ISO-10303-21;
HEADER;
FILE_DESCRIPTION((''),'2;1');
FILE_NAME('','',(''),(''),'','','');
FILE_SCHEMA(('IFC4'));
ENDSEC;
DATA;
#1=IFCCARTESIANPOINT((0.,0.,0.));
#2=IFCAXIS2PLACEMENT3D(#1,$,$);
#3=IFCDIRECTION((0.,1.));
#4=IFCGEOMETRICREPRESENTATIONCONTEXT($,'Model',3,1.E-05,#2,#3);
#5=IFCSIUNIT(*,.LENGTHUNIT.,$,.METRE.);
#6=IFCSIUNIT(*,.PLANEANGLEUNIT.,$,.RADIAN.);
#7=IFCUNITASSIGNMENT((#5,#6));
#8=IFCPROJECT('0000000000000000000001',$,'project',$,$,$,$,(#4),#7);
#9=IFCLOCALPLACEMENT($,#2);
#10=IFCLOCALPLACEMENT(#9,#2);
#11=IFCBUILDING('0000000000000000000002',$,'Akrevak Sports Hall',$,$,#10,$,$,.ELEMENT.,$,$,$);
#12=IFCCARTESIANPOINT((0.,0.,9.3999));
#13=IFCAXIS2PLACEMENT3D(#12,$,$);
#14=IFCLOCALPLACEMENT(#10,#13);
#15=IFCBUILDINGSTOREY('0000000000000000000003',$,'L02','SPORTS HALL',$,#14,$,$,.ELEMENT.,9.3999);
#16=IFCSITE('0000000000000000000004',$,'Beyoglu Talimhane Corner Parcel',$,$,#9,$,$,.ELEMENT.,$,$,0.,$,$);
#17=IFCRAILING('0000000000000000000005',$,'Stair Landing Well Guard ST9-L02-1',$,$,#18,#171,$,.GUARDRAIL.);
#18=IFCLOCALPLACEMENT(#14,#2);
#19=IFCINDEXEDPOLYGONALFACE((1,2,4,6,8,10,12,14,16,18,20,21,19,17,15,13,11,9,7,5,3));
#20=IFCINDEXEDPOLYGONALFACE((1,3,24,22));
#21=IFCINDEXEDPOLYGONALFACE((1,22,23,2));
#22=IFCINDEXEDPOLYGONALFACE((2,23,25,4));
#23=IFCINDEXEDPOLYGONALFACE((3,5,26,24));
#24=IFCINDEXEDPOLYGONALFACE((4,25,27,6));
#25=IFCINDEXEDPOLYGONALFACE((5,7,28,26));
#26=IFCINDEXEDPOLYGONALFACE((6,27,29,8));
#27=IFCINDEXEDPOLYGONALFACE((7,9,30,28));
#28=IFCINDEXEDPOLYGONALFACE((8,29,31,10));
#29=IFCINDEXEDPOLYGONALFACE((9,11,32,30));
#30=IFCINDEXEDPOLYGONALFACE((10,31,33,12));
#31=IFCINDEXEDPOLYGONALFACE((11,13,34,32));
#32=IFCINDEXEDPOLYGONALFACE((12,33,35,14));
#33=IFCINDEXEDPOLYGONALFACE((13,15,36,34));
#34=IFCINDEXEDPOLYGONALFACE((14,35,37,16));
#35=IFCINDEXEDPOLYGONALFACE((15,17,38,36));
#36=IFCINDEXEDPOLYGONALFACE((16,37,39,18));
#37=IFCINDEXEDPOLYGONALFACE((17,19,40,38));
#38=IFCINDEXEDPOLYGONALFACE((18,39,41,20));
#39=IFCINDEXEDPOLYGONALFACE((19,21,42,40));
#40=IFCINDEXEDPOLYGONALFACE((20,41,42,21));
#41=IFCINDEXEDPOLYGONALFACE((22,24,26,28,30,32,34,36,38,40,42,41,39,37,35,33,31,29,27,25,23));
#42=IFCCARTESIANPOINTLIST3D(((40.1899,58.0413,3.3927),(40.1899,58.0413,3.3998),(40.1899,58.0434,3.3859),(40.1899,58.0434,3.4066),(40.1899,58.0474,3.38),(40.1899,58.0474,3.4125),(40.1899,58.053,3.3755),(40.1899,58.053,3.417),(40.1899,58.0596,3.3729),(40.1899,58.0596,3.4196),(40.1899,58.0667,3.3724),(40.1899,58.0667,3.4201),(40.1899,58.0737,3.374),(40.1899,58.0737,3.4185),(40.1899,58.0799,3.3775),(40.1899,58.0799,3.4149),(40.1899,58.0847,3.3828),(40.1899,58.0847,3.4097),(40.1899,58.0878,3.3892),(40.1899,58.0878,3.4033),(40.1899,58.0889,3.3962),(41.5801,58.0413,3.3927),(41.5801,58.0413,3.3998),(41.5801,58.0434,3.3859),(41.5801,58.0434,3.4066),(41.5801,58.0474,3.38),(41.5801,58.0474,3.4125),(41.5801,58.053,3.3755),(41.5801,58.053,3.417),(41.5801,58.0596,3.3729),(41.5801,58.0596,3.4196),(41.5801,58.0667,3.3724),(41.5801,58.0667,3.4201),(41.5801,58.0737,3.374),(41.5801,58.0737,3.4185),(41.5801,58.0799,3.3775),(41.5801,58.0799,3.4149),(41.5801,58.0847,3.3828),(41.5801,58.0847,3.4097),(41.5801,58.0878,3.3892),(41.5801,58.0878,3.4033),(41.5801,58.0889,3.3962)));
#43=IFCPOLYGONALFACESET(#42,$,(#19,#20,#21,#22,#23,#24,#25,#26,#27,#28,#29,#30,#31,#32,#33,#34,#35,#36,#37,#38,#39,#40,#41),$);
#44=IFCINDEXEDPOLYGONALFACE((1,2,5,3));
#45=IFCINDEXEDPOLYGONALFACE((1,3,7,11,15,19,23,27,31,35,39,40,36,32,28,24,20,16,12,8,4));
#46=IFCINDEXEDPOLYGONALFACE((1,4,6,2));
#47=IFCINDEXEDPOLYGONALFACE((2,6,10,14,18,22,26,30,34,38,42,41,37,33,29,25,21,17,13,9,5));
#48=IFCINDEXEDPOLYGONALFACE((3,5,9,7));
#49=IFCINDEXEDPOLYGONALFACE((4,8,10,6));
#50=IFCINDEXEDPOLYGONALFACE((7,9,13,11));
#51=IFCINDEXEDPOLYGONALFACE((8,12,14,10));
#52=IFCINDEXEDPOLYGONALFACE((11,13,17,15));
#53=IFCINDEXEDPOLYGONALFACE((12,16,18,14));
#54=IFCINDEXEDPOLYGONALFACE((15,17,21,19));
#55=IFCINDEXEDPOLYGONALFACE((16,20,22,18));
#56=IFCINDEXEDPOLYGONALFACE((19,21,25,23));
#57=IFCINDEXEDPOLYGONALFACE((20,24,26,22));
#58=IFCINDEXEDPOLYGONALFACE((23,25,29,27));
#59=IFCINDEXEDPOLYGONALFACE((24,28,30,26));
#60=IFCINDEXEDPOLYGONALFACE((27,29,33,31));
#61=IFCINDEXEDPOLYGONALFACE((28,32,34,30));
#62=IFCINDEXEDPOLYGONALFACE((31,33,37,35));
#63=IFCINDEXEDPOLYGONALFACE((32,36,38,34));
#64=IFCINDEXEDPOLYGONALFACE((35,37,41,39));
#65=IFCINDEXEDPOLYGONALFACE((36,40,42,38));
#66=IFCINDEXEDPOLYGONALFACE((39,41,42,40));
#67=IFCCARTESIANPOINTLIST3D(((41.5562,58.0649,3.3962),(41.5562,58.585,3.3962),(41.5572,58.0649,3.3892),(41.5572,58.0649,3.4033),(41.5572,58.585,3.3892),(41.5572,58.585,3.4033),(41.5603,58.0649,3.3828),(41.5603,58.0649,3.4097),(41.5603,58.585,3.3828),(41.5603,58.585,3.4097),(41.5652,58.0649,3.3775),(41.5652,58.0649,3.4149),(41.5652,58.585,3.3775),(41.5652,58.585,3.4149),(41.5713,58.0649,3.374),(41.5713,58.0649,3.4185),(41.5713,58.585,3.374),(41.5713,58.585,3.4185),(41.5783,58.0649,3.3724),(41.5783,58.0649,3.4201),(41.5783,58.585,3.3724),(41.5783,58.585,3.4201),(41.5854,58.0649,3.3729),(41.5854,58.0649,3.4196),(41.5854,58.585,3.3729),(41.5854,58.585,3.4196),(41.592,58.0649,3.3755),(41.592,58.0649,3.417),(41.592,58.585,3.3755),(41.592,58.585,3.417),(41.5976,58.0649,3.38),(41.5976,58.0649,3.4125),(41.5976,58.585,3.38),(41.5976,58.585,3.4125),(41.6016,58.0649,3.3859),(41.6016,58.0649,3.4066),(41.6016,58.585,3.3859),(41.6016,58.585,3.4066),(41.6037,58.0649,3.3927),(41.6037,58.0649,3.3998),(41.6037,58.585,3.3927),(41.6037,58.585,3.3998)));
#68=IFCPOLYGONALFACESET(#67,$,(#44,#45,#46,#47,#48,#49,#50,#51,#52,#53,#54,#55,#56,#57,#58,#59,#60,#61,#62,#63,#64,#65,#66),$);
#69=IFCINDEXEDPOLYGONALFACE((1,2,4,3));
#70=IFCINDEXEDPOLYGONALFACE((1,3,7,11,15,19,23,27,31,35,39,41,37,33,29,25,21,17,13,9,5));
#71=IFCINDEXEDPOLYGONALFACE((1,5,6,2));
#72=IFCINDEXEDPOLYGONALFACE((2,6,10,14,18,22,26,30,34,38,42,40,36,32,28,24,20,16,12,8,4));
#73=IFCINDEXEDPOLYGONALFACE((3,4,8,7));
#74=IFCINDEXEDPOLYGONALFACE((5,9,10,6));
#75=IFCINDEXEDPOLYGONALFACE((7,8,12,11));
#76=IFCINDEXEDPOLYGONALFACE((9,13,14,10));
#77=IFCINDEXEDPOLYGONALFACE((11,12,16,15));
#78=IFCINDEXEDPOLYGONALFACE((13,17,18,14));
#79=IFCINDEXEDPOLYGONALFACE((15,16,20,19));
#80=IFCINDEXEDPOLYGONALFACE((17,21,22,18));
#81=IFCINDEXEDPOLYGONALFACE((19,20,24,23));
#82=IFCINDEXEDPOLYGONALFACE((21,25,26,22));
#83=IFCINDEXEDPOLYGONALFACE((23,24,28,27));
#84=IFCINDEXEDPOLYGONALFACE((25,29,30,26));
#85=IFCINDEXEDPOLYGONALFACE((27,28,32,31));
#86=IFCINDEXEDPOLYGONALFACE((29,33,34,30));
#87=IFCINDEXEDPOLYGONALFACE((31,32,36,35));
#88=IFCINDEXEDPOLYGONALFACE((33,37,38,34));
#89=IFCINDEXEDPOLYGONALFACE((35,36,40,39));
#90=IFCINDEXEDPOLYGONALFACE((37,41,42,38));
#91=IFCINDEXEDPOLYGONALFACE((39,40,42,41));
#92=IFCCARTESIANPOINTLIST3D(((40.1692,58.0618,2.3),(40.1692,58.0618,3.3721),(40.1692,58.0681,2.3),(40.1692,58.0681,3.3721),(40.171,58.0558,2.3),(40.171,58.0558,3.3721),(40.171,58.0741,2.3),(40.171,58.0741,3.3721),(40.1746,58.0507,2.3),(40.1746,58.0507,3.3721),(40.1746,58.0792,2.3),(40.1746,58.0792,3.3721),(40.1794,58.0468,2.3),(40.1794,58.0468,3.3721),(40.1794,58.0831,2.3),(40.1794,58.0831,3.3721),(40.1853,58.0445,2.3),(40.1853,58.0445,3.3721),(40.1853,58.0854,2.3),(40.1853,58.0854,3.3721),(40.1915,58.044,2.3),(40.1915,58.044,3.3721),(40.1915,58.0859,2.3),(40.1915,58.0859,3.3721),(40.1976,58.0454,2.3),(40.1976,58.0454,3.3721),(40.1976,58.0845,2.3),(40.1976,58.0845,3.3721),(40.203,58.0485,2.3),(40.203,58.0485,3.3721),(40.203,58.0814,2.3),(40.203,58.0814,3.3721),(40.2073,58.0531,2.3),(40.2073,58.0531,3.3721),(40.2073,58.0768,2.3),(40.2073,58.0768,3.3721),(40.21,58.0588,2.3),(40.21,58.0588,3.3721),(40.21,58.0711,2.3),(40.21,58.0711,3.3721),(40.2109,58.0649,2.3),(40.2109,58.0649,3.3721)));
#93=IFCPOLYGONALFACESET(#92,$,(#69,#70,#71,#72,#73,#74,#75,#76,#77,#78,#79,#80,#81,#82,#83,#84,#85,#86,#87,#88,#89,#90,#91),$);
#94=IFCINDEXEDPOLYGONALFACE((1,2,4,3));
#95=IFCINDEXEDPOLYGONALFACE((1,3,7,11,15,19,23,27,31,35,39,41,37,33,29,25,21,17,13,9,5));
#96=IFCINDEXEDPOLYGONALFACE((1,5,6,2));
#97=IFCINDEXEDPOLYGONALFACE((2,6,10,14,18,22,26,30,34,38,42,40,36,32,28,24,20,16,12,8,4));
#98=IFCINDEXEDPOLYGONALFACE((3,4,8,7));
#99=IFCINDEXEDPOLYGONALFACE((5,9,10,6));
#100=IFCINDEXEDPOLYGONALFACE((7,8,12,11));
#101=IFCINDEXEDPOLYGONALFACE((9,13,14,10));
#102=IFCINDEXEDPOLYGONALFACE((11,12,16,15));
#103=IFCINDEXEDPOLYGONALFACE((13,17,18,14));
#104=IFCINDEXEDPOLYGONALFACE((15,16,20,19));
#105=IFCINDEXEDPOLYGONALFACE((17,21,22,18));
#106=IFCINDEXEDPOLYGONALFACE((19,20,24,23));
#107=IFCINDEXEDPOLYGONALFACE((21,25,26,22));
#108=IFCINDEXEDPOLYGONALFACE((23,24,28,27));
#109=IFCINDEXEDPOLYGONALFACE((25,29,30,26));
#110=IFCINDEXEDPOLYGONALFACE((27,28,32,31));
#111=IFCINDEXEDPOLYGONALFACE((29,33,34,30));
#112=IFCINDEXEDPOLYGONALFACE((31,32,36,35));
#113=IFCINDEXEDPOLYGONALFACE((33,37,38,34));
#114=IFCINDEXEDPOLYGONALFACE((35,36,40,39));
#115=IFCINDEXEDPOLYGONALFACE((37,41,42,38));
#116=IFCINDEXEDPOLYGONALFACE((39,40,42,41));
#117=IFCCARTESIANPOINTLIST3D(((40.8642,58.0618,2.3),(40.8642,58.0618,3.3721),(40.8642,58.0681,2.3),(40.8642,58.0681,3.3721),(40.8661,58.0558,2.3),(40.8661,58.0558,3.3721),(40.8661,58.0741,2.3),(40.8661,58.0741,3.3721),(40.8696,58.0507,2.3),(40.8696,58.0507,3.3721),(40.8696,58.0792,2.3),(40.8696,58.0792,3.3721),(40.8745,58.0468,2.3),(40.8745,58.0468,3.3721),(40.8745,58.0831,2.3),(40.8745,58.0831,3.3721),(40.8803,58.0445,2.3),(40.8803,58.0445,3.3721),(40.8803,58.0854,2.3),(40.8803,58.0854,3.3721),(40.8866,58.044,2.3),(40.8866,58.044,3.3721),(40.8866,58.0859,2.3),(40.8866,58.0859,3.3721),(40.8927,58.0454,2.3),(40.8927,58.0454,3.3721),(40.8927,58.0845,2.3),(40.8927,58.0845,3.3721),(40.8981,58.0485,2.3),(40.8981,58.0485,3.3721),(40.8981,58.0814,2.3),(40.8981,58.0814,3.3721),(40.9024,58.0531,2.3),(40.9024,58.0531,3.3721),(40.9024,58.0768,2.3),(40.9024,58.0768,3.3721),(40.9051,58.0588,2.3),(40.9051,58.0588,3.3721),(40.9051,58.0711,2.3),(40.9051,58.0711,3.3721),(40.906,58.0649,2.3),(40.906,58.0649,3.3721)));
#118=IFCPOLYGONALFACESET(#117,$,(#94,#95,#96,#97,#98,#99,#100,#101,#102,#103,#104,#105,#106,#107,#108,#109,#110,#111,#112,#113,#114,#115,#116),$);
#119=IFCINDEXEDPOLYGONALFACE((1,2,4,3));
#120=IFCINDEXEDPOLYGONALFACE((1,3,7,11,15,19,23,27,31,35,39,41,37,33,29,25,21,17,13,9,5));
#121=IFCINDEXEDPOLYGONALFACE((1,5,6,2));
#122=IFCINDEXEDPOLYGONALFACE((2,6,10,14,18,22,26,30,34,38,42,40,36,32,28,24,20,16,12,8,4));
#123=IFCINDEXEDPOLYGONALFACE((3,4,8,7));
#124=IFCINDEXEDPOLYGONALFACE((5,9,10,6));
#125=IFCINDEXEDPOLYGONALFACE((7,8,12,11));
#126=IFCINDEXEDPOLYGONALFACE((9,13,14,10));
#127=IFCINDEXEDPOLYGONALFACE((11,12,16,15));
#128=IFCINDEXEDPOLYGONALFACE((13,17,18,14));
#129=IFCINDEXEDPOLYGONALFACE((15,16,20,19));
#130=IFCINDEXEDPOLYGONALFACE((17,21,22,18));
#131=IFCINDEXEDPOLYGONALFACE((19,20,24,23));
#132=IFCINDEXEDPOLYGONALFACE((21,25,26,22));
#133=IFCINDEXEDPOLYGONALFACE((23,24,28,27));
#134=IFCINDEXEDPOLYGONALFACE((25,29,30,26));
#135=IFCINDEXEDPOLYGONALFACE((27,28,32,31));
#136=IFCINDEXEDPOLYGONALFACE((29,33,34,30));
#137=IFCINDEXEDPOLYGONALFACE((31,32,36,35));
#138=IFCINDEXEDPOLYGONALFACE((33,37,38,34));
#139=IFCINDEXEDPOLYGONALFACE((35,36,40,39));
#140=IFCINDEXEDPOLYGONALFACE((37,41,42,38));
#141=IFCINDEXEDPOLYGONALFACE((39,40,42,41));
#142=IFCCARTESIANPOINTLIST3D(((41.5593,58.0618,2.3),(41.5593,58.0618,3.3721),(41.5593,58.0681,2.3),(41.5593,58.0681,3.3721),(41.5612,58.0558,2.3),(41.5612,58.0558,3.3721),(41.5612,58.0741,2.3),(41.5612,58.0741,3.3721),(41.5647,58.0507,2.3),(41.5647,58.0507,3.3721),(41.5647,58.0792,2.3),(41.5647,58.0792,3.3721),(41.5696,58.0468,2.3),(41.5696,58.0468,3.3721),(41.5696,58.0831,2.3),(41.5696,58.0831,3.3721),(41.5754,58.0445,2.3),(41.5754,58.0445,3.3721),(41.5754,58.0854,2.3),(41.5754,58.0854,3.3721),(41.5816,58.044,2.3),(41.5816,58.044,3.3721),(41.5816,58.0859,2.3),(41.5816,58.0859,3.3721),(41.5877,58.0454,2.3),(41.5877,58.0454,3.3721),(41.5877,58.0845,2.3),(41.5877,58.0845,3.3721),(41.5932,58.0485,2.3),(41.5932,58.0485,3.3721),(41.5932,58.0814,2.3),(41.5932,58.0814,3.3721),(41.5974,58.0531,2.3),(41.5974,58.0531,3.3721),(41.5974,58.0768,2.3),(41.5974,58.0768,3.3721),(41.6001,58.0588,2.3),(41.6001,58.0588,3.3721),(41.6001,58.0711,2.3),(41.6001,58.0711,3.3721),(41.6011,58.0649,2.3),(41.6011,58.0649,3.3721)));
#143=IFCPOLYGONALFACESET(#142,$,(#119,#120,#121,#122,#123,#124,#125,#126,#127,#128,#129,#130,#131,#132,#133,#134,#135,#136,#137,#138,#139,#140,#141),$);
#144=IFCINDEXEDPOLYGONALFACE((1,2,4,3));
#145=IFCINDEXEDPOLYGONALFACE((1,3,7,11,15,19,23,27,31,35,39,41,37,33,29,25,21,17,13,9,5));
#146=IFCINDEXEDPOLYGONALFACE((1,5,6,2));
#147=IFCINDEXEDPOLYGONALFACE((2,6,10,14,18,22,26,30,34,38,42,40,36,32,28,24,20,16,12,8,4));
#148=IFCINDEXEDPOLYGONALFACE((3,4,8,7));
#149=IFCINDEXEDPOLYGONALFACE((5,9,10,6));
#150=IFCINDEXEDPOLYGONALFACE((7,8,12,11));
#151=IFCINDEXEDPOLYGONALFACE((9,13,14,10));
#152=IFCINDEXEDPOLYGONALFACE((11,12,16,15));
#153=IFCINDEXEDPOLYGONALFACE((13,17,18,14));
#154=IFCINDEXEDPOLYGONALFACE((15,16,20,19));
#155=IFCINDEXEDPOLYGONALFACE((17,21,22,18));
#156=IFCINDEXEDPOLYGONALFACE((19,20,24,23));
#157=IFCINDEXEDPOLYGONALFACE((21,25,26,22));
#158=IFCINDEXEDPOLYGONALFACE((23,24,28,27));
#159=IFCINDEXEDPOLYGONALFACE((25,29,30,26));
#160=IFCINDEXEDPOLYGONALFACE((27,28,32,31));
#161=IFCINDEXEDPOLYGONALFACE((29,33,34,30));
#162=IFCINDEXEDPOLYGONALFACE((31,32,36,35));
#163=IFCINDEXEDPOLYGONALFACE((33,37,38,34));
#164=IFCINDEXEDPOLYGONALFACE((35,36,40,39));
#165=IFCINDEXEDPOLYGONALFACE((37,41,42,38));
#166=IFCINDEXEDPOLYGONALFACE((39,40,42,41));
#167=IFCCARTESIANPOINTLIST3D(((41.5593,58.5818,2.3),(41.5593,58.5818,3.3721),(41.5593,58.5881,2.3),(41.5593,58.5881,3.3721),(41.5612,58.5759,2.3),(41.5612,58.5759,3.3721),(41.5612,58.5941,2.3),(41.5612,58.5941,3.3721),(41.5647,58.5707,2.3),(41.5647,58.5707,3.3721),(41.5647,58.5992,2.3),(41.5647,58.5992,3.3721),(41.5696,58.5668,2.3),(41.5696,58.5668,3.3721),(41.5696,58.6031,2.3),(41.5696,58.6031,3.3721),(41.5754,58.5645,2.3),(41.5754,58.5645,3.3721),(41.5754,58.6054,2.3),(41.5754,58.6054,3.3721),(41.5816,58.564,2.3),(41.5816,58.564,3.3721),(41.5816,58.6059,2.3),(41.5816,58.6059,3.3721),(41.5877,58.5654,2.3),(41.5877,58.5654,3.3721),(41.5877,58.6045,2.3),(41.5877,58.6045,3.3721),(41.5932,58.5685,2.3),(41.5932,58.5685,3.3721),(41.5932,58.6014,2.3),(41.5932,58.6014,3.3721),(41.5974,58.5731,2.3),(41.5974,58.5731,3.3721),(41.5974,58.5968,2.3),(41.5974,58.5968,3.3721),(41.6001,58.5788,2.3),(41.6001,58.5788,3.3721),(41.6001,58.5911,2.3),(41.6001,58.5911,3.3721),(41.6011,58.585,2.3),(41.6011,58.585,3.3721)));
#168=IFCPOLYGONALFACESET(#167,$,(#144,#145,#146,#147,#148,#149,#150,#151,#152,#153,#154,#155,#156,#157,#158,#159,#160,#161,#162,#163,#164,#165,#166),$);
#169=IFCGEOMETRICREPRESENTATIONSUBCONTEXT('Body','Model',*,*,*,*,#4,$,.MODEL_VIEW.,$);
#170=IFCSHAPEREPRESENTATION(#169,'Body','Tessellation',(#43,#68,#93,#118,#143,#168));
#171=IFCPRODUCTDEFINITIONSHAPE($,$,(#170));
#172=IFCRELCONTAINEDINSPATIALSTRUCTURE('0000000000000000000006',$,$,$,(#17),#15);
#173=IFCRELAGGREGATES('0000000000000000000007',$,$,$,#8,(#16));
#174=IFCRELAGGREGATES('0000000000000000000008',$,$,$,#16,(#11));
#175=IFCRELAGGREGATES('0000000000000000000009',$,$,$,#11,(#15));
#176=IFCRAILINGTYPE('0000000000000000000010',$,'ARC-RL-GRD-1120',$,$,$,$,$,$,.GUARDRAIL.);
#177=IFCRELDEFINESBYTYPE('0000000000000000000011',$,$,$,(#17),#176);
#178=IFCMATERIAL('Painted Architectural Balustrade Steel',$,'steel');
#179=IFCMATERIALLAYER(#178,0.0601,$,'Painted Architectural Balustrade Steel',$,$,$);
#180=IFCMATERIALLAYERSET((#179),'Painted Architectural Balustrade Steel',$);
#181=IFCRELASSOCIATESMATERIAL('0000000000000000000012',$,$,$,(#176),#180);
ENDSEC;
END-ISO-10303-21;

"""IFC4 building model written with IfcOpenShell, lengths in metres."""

from ifc_helpers import new_model, si_unit, direction, frame, origin, origin_2d, place, context, subcontext, project, spatial, circle, extrude, material, layer, layer_set, type_object, element, save


model = new_model("IFC4")

# Units and contexts
model_context = context("Model", 3, precision=1e-05, world=origin(), true_north=direction((0.0, 1.0)))
body_context = subcontext(model_context, "Body", "Model", "MODEL_VIEW")
ifc_project = project(units=[si_unit("LENGTHUNIT", "METRE"), si_unit("PLANEANGLEUNIT", "RADIAN")], contexts=[model_context])

# Site, building, storey
site_placement = place(None, origin())
site = spatial("IfcSite", under=ifc_project, at=site_placement, Name="Beyoglu Talimhane Corner Parcel", CompositionType="ELEMENT", RefElevation=0.0)
building_placement = place(site_placement, origin())
building = spatial("IfcBuilding", under=site, at=building_placement, Name="Akrevak Sports Hall", CompositionType="ELEMENT")
storey_placement = place(building_placement, frame((0.0, 0.0, 9.3999)))
storey = spatial("IfcBuildingStorey", under=building, at=storey_placement, Name="L02", Description="SPORTS HALL", CompositionType="ELEMENT", Elevation=9.3999)

# Railing
ifc_material_1 = material(Name="Painted Architectural Balustrade Steel", Category="steel")
ifc_layer_1 = layer(ifc_material_1, 0.0601, Name="Painted Architectural Balustrade Steel")
ifc_layer_set_1 = layer_set([ifc_layer_1], Name="Painted Architectural Balustrade Steel")
railing_type_1 = type_object("IfcRailingType", Name="ARC-RL-GRD-1120", PredefinedType="GUARDRAIL", material=ifc_layer_set_1)
railing_1_placement = place(storey_placement, frame((40.1899, 58.0649, 2.3)))
element("IfcRailing", 1, at=railing_1_placement, inside=storey, type_object=railing_type_1, Name="Stair Landing Well Guard ST9-L02-1", PredefinedType="GUARDRAIL", context=body_context, shape_type="SweptSolid", body=[
    extrude(circle(Radius=0.0239, at=origin_2d()), frame((0.0, 0.0, 1.0962), z_axis=(1.0, 0.0, 0.0), x_axis=(0.0, 1.0, 0.0)), (0.0, 0.0, 1.0), 1.3901),
    extrude(circle(Radius=0.0239, at=origin_2d()), frame((1.3901, 0.0, 1.0962), z_axis=(0.0, 1.0, 0.0), x_axis=(-1.0, 0.0, 0.0)), (0.0, 0.0, 1.0), 0.52),
    extrude(circle(Radius=0.021, at=origin_2d()), origin(), (0.0, 0.0, 1.0), 1.072),
    extrude(circle(Radius=0.021, at=origin_2d()), frame((0.6951, 0.0, 0.0)), (0.0, 0.0, 1.0), 1.072),
    extrude(circle(Radius=0.021, at=origin_2d()), frame((1.3901, 0.0, 0.0)), (0.0, 0.0, 1.0), 1.072),
    extrude(circle(Radius=0.021, at=origin_2d()), frame((1.3901, 0.52, 0.0)), (0.0, 0.0, 1.0), 1.072),
])

save(model, "model.ifc")
